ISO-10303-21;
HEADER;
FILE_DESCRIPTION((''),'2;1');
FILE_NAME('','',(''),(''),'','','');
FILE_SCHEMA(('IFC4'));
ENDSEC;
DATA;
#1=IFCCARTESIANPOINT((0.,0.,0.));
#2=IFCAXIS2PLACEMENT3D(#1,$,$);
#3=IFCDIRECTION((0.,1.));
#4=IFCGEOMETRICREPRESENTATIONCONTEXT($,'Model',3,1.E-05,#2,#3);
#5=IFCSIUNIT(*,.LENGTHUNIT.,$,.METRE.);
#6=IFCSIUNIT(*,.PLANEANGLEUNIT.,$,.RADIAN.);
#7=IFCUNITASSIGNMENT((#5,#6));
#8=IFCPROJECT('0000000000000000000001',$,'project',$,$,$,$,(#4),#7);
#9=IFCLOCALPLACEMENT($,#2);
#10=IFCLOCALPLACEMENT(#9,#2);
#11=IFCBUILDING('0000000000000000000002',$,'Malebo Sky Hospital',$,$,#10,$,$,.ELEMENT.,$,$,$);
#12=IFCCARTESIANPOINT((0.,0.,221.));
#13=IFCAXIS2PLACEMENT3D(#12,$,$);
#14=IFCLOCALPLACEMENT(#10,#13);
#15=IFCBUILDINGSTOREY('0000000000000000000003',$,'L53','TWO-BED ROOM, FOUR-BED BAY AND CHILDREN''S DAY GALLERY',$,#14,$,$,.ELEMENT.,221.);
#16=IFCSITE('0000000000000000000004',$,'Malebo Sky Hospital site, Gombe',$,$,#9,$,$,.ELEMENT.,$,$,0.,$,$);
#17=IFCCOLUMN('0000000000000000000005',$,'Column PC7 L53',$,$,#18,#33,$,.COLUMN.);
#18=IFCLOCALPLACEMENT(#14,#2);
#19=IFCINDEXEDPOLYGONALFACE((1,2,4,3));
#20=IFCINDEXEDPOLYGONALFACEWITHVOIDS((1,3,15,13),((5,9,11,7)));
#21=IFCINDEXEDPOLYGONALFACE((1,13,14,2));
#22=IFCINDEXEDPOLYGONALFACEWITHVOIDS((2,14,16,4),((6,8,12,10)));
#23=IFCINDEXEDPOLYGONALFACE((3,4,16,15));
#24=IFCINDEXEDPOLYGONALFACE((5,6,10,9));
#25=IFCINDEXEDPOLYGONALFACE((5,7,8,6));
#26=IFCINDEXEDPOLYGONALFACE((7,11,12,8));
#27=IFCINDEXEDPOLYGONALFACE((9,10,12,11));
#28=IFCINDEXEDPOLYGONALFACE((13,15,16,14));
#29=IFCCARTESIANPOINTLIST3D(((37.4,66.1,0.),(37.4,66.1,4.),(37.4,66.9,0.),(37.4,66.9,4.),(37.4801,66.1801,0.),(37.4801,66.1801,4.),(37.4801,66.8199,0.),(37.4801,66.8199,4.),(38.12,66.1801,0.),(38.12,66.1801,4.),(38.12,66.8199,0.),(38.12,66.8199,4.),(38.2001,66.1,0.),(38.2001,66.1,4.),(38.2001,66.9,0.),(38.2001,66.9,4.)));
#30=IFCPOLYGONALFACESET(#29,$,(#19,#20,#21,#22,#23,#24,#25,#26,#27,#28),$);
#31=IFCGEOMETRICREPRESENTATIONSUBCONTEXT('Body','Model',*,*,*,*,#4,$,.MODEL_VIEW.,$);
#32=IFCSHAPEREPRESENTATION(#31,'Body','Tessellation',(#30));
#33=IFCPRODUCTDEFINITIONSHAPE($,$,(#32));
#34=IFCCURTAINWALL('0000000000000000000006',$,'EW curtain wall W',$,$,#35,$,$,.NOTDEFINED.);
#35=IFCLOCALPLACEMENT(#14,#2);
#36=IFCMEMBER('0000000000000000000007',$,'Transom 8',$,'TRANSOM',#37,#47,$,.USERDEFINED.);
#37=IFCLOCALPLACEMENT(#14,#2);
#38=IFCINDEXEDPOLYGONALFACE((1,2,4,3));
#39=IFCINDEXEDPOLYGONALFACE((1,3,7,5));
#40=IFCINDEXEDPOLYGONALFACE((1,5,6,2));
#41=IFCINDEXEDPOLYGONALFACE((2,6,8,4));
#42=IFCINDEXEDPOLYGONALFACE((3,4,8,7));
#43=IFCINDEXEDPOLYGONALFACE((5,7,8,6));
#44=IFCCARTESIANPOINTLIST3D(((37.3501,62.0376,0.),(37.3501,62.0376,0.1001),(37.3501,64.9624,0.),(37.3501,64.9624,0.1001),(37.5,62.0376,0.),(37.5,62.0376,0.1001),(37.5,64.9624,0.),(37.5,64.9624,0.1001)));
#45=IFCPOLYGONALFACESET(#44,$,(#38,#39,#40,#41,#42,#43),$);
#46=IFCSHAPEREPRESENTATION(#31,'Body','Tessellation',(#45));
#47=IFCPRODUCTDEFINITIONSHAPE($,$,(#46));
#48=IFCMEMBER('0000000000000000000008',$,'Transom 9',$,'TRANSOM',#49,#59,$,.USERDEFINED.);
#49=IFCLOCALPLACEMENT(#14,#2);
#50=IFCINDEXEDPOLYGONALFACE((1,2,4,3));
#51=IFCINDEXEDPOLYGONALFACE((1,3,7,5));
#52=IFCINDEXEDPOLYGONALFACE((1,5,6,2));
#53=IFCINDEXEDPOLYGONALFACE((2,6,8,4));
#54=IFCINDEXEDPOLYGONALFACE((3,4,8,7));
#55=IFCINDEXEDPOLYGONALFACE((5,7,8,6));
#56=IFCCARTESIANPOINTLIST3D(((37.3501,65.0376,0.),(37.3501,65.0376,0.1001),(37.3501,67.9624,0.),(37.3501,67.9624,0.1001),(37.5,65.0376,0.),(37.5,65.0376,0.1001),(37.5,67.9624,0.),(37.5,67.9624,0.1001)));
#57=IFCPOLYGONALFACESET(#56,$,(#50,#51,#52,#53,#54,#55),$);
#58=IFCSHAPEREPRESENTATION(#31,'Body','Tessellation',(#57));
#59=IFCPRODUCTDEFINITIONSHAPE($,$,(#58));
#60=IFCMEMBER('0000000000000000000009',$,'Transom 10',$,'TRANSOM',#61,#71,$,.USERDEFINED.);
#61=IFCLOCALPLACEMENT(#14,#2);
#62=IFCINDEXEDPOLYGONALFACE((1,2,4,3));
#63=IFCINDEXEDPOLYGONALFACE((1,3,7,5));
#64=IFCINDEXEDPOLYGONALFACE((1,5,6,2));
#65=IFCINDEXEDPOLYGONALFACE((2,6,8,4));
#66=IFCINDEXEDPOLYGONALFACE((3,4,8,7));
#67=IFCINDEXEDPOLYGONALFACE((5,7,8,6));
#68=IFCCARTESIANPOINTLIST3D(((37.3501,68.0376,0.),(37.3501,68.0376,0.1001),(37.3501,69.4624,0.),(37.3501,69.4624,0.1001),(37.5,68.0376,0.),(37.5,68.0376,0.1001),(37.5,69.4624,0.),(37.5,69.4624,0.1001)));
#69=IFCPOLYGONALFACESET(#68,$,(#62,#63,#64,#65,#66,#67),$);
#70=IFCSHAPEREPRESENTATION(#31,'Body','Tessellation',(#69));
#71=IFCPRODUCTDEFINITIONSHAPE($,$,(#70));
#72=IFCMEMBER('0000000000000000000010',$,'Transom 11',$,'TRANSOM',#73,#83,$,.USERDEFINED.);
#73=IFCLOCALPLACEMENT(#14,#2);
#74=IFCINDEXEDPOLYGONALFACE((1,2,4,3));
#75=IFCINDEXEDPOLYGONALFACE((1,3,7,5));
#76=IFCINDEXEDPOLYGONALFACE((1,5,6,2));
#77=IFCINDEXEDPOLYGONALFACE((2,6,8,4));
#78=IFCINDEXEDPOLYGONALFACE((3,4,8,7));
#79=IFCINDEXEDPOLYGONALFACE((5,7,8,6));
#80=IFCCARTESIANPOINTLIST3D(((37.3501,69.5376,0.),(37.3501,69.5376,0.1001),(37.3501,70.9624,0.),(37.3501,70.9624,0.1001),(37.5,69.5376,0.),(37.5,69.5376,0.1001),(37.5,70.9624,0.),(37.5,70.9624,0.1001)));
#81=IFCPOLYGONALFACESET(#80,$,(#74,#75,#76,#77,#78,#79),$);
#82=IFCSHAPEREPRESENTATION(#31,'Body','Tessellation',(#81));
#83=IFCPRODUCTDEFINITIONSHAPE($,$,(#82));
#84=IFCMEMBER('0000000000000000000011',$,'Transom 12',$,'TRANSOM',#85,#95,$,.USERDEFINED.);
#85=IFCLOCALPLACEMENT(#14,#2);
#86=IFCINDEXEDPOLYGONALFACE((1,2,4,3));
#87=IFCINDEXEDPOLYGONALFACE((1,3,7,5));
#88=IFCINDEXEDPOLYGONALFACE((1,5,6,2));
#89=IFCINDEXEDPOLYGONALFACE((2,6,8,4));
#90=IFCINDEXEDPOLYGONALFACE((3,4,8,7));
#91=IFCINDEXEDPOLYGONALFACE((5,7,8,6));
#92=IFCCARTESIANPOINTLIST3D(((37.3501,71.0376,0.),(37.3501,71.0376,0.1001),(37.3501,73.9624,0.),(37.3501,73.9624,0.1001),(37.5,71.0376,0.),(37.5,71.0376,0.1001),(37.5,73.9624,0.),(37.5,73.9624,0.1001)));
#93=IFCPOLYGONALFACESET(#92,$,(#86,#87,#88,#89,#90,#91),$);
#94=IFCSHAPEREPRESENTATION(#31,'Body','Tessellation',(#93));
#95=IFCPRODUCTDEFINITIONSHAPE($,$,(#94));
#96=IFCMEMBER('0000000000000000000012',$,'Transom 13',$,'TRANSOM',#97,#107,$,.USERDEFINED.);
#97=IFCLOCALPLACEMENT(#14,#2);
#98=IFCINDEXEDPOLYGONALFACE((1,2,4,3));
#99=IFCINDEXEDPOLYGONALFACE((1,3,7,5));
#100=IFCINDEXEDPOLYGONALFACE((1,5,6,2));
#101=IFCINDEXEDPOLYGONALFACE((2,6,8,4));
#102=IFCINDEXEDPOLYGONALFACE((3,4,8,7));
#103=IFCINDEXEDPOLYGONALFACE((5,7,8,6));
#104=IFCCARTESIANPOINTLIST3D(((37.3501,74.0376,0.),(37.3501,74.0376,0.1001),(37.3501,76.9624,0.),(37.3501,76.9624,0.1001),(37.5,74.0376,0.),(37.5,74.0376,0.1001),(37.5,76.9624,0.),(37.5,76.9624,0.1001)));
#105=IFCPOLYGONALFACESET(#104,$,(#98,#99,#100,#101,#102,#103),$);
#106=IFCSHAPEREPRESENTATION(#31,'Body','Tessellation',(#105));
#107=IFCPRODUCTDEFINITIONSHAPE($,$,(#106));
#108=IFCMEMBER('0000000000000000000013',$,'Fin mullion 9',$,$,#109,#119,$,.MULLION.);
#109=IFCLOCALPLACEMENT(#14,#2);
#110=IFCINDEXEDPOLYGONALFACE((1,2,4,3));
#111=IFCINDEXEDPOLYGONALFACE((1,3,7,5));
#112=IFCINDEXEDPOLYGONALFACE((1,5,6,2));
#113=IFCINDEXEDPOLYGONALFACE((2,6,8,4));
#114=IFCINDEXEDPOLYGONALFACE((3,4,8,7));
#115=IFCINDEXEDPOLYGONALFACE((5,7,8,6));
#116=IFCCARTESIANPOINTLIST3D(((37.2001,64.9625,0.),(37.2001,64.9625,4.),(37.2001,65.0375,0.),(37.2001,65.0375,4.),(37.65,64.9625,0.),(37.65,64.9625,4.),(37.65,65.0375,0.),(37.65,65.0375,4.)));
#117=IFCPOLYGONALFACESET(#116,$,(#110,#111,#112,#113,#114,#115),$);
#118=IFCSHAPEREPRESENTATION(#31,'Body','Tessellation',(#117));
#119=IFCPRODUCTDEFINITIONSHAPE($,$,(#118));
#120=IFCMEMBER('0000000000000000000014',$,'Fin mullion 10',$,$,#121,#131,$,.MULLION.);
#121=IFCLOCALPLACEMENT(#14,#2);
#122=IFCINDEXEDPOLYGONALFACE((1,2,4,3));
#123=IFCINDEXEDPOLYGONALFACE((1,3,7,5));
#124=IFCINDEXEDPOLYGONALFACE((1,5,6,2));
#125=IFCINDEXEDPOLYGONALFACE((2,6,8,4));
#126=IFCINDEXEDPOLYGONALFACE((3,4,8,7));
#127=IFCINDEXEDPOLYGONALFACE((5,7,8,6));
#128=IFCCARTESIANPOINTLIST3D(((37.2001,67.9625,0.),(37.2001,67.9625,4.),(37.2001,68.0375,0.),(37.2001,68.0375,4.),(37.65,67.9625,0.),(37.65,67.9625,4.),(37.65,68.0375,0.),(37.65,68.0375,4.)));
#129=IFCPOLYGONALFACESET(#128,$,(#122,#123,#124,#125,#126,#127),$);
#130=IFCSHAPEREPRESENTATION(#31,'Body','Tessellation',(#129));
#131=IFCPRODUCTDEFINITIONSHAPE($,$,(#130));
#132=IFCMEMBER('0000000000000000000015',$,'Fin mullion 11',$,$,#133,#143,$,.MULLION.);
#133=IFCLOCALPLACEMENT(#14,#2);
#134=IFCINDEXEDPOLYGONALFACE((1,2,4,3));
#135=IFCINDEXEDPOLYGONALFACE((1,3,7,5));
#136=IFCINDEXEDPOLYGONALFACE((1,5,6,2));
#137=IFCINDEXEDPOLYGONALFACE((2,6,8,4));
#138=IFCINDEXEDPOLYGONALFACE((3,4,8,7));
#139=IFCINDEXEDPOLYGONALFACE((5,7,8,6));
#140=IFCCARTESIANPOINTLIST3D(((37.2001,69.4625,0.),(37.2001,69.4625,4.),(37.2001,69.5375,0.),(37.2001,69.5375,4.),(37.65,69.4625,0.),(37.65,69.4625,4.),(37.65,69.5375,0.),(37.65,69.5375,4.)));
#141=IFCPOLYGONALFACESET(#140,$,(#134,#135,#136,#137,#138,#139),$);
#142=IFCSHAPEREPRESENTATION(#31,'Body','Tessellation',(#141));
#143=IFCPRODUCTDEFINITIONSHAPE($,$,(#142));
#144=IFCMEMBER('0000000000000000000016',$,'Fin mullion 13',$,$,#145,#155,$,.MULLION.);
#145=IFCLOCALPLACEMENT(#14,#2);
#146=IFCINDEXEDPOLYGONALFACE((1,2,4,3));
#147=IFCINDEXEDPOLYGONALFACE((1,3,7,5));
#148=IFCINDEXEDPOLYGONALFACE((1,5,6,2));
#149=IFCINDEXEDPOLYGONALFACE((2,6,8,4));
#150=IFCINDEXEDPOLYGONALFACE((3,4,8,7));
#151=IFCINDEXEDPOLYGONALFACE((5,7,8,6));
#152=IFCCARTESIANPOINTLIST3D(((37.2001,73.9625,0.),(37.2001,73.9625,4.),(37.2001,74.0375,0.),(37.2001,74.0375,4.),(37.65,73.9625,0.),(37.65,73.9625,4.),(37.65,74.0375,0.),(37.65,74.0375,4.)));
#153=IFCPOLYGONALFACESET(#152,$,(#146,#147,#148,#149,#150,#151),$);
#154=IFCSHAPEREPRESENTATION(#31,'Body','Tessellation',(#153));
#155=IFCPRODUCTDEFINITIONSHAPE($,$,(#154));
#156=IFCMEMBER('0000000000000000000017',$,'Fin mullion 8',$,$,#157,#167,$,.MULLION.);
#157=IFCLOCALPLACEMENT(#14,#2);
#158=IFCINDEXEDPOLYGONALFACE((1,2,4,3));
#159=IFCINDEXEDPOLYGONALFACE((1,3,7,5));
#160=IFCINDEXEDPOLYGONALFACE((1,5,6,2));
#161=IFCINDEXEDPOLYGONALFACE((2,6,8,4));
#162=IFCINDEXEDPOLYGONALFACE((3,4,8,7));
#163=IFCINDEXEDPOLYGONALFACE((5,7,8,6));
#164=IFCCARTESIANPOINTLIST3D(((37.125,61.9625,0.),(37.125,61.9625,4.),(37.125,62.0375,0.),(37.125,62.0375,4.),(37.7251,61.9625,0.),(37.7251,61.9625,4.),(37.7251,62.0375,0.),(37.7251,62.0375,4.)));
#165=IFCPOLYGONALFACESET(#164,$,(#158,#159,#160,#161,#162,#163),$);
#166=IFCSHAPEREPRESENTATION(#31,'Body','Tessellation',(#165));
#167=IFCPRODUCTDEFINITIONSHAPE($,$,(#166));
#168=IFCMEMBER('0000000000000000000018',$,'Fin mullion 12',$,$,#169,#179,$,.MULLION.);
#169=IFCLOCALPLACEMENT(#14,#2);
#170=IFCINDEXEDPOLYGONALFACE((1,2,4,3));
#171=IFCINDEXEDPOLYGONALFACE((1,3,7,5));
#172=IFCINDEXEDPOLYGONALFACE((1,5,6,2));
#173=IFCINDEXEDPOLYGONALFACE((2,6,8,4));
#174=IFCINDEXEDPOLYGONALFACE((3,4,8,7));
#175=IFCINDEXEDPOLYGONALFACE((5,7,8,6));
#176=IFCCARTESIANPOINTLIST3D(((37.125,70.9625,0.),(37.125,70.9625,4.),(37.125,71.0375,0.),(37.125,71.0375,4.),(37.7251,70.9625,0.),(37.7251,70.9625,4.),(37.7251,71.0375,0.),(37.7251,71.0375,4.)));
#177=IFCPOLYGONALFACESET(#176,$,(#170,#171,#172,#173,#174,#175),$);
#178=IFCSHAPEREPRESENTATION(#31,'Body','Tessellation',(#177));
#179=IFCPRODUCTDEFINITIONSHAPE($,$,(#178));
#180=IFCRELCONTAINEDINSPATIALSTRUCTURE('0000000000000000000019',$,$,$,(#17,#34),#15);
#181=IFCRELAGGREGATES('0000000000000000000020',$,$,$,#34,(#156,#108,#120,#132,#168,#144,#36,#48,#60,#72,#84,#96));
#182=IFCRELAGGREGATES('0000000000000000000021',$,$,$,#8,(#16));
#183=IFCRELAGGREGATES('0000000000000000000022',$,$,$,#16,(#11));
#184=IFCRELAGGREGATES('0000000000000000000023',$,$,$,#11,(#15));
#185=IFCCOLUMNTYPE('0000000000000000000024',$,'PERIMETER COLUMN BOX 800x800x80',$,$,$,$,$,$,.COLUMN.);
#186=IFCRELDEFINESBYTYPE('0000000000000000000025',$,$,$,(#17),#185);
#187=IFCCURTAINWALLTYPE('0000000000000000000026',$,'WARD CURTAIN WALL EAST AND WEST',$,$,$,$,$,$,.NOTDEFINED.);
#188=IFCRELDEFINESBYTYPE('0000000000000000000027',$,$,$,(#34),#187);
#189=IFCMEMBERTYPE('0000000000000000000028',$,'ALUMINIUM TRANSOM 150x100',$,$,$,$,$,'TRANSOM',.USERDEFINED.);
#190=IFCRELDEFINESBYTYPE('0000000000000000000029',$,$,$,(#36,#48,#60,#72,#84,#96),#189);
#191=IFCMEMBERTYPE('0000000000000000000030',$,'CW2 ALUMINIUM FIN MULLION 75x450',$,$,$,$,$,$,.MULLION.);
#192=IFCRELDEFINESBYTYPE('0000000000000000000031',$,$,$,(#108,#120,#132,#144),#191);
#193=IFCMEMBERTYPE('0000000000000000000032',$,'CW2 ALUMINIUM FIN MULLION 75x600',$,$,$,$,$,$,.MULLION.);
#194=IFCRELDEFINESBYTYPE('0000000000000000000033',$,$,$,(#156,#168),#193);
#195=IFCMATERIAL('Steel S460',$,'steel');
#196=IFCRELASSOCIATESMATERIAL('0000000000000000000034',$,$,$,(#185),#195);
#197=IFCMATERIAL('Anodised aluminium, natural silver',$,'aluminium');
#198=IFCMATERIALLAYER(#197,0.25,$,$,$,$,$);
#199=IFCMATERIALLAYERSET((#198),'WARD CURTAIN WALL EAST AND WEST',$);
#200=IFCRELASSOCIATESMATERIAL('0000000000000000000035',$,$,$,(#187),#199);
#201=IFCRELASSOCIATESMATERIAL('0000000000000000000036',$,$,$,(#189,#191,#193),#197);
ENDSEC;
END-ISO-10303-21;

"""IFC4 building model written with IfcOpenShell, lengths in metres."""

from ifc_helpers import new_model, si_unit, direction, frame, origin, origin_2d, place, context, subcontext, project, spatial, rectangle, hollow_rectangle, extrude, material, layer, layer_set, material_profile, profile_set, type_object, element, aggregate, save


model = new_model("IFC4")

# Units and contexts
model_context = context("Model", 3, precision=1e-05, world=origin(), true_north=direction((0.0, 1.0)))
body_context = subcontext(model_context, "Body", "Model", "MODEL_VIEW")
ifc_project = project(units=[si_unit("LENGTHUNIT", "METRE"), si_unit("PLANEANGLEUNIT", "RADIAN")], contexts=[model_context])

# Site, building, storey
site_placement = place(None, origin())
site = spatial("IfcSite", under=ifc_project, at=site_placement, Name="Malebo Sky Hospital site, Gombe", CompositionType="ELEMENT", RefElevation=0.0)
building_placement = place(site_placement, origin())
building = spatial("IfcBuilding", under=site, at=building_placement, Name="Malebo Sky Hospital", CompositionType="ELEMENT")
storey_placement = place(building_placement, frame((0.0, 0.0, 221.0)))
storey = spatial("IfcBuildingStorey", under=building, at=storey_placement, Name="L53", Description="TWO-BED ROOM, FOUR-BED BAY AND CHILDREN'S DAY GALLERY", CompositionType="ELEMENT", Elevation=221.0)

# Column
ifc_material_1 = material(Name="Steel S460", Category="steel")
ifc_material_profile_1 = material_profile(ifc_material_1, hollow_rectangle(XDim=0.8, YDim=0.8, WallThickness=0.0801, at=origin_2d()), Name="BOX 800x800x80")
ifc_profile_set_1 = profile_set([ifc_material_profile_1], Name="Steel S460")
column_type = type_object("IfcColumnType", Name="PERIMETER COLUMN BOX 800x800x80", PredefinedType="COLUMN", material=ifc_profile_set_1)
column_placement = place(storey_placement, frame((37.8, 66.5, 0.0), z_axis=(0.0, 0.0, 1.0), x_axis=(1.0, 0.0, 0.0)))
element("IfcColumn", 1, at=column_placement, inside=storey, type_object=column_type, Name="Column PC7 L53", PredefinedType="COLUMN", context=body_context, shape_type="SweptSolid", body=[
    extrude(hollow_rectangle(XDim=0.8, YDim=0.8, WallThickness=0.0801, at=origin_2d()), origin(), (0.0, 0.0, 1.0), 4.0),
])

# Curtain wall, members
ifc_material_2 = material(Name="Anodised aluminium, natural silver", Category="aluminium")
ifc_layer_1 = layer(ifc_material_2, 0.25)
ifc_layer_set_1 = layer_set([ifc_layer_1], Name="WARD CURTAIN WALL EAST AND WEST")
curtain_wall_type = type_object("IfcCurtainWallType", Name="WARD CURTAIN WALL EAST AND WEST", PredefinedType="NOTDEFINED", material=ifc_layer_set_1)
curtain_wall_placement = place(storey_placement, origin())
curtain_wall = element("IfcCurtainWall", 2, at=curtain_wall_placement, inside=storey, type_object=curtain_wall_type, Name="EW curtain wall W", PredefinedType="NOTDEFINED")
ifc_material_profile_2 = material_profile(ifc_material_2, rectangle(XDim=0.1499, YDim=0.1001, at=origin_2d()), Name="ALUMINIUM TRANSOM 150x100")
ifc_profile_set_2 = profile_set([ifc_material_profile_2], Name="Anodised aluminium, natural silver")
member_type_1 = type_object("IfcMemberType", Name="ALUMINIUM TRANSOM 150x100", ElementType="TRANSOM", PredefinedType="USERDEFINED", material=ifc_profile_set_2)
member_1_placement = place(storey_placement, frame((37.425, 62.0376, 0.05), z_axis=(0.0, 1.0, 0.0), x_axis=(-1.0, 0.0, 0.0)))
member_1 = element("IfcMember", 3, at=member_1_placement, type_object=member_type_1, Name="Transom 8", ObjectType="TRANSOM", PredefinedType="USERDEFINED", context=body_context, shape_type="SweptSolid", body=[
    extrude(rectangle(XDim=0.1499, YDim=0.1001, at=origin_2d()), origin(), (0.0, 0.0, 1.0), 2.9248),
])
member_2_placement = place(storey_placement, frame((37.425, 65.0376, 0.05), z_axis=(0.0, 1.0, 0.0), x_axis=(-1.0, 0.0, 0.0)))
member_2 = element("IfcMember", 4, at=member_2_placement, type_object=member_type_1, Name="Transom 9", ObjectType="TRANSOM", PredefinedType="USERDEFINED", context=body_context, shape_type="SweptSolid", body=[
    extrude(rectangle(XDim=0.1499, YDim=0.1001, at=origin_2d()), origin(), (0.0, 0.0, 1.0), 2.9248),
])
member_3_placement = place(storey_placement, frame((37.425, 68.0376, 0.05), z_axis=(0.0, 1.0, 0.0), x_axis=(-1.0, 0.0, 0.0)))
member_3 = element("IfcMember", 5, at=member_3_placement, type_object=member_type_1, Name="Transom 10", ObjectType="TRANSOM", PredefinedType="USERDEFINED", context=body_context, shape_type="SweptSolid", body=[
    extrude(rectangle(XDim=0.1499, YDim=0.1001, at=origin_2d()), origin(), (0.0, 0.0, 1.0), 1.4248),
])
member_4_placement = place(storey_placement, frame((37.425, 69.5376, 0.05), z_axis=(0.0, 1.0, 0.0), x_axis=(-1.0, 0.0, 0.0)))
member_4 = element("IfcMember", 6, at=member_4_placement, type_object=member_type_1, Name="Transom 11", ObjectType="TRANSOM", PredefinedType="USERDEFINED", context=body_context, shape_type="SweptSolid", body=[
    extrude(rectangle(XDim=0.1499, YDim=0.1001, at=origin_2d()), origin(), (0.0, 0.0, 1.0), 1.4248),
])
member_5_placement = place(storey_placement, frame((37.425, 71.0376, 0.05), z_axis=(0.0, 1.0, 0.0), x_axis=(-1.0, 0.0, 0.0)))
member_5 = element("IfcMember", 7, at=member_5_placement, type_object=member_type_1, Name="Transom 12", ObjectType="TRANSOM", PredefinedType="USERDEFINED", context=body_context, shape_type="SweptSolid", body=[
    extrude(rectangle(XDim=0.1499, YDim=0.1001, at=origin_2d()), origin(), (0.0, 0.0, 1.0), 2.9248),
])
member_6_placement = place(storey_placement, frame((37.425, 74.0376, 0.05), z_axis=(0.0, 1.0, 0.0), x_axis=(-1.0, 0.0, 0.0)))
member_6 = element("IfcMember", 8, at=member_6_placement, type_object=member_type_1, Name="Transom 13", ObjectType="TRANSOM", PredefinedType="USERDEFINED", context=body_context, shape_type="SweptSolid", body=[
    extrude(rectangle(XDim=0.1499, YDim=0.1001, at=origin_2d()), origin(), (0.0, 0.0, 1.0), 2.9248),
])
ifc_material_profile_3 = material_profile(ifc_material_2, rectangle(XDim=0.075, YDim=0.45, at=origin_2d()), Name="CW2 ALUMINIUM FIN MULLION 75x450")
ifc_profile_set_3 = profile_set([ifc_material_profile_3], Name="Anodised aluminium, natural silver")
member_type_2 = type_object("IfcMemberType", Name="CW2 ALUMINIUM FIN MULLION 75x450", PredefinedType="MULLION", material=ifc_profile_set_3)
member_7_placement = place(storey_placement, frame((37.425, 65.0, 0.0), z_axis=(0.0, 0.0, 1.0), x_axis=(0.0, 1.0, 0.0)))
member_7 = element("IfcMember", 9, at=member_7_placement, type_object=member_type_2, Name="Fin mullion 9", PredefinedType="MULLION", context=body_context, shape_type="SweptSolid", body=[
    extrude(rectangle(XDim=0.075, YDim=0.45, at=origin_2d()), origin(), (0.0, 0.0, 1.0), 4.0),
])
member_8_placement = place(storey_placement, frame((37.425, 68.0, 0.0), z_axis=(0.0, 0.0, 1.0), x_axis=(0.0, 1.0, 0.0)))
member_8 = element("IfcMember", 10, at=member_8_placement, type_object=member_type_2, Name="Fin mullion 10", PredefinedType="MULLION", context=body_context, shape_type="SweptSolid", body=[
    extrude(rectangle(XDim=0.075, YDim=0.45, at=origin_2d()), origin(), (0.0, 0.0, 1.0), 4.0),
])
member_9_placement = place(storey_placement, frame((37.425, 69.5, 0.0), z_axis=(0.0, 0.0, 1.0), x_axis=(0.0, 1.0, 0.0)))
member_9 = element("IfcMember", 11, at=member_9_placement, type_object=member_type_2, Name="Fin mullion 11", PredefinedType="MULLION", context=body_context, shape_type="SweptSolid", body=[
    extrude(rectangle(XDim=0.075, YDim=0.45, at=origin_2d()), origin(), (0.0, 0.0, 1.0), 4.0),
])
member_10_placement = place(storey_placement, frame((37.425, 74.0, 0.0), z_axis=(0.0, 0.0, 1.0), x_axis=(0.0, 1.0, 0.0)))
member_10 = element("IfcMember", 12, at=member_10_placement, type_object=member_type_2, Name="Fin mullion 13", PredefinedType="MULLION", context=body_context, shape_type="SweptSolid", body=[
    extrude(rectangle(XDim=0.075, YDim=0.45, at=origin_2d()), origin(), (0.0, 0.0, 1.0), 4.0),
])
ifc_material_profile_4 = material_profile(ifc_material_2, rectangle(XDim=0.075, YDim=0.6001, at=origin_2d()), Name="CW2 ALUMINIUM FIN MULLION 75x600")
ifc_profile_set_4 = profile_set([ifc_material_profile_4], Name="Anodised aluminium, natural silver")
member_type_3 = type_object("IfcMemberType", Name="CW2 ALUMINIUM FIN MULLION 75x600", PredefinedType="MULLION", material=ifc_profile_set_4)
member_11_placement = place(storey_placement, frame((37.425, 62.0, 0.0), z_axis=(0.0, 0.0, 1.0), x_axis=(0.0, 1.0, 0.0)))
member_11 = element("IfcMember", 13, at=member_11_placement, type_object=member_type_3, Name="Fin mullion 8", PredefinedType="MULLION", context=body_context, shape_type="SweptSolid", body=[
    extrude(rectangle(XDim=0.075, YDim=0.6001, at=origin_2d()), origin(), (0.0, 0.0, 1.0), 4.0),
])
member_12_placement = place(storey_placement, frame((37.425, 71.0, 0.0), z_axis=(0.0, 0.0, 1.0), x_axis=(0.0, 1.0, 0.0)))
member_12 = element("IfcMember", 14, at=member_12_placement, type_object=member_type_3, Name="Fin mullion 12", PredefinedType="MULLION", context=body_context, shape_type="SweptSolid", body=[
    extrude(rectangle(XDim=0.075, YDim=0.6001, at=origin_2d()), origin(), (0.0, 0.0, 1.0), 4.0),
])

aggregate(curtain_wall, [member_11, member_7, member_8, member_9, member_12, member_10, member_1, member_2, member_3, member_4, member_5, member_6])

save(model, "model.ifc")
